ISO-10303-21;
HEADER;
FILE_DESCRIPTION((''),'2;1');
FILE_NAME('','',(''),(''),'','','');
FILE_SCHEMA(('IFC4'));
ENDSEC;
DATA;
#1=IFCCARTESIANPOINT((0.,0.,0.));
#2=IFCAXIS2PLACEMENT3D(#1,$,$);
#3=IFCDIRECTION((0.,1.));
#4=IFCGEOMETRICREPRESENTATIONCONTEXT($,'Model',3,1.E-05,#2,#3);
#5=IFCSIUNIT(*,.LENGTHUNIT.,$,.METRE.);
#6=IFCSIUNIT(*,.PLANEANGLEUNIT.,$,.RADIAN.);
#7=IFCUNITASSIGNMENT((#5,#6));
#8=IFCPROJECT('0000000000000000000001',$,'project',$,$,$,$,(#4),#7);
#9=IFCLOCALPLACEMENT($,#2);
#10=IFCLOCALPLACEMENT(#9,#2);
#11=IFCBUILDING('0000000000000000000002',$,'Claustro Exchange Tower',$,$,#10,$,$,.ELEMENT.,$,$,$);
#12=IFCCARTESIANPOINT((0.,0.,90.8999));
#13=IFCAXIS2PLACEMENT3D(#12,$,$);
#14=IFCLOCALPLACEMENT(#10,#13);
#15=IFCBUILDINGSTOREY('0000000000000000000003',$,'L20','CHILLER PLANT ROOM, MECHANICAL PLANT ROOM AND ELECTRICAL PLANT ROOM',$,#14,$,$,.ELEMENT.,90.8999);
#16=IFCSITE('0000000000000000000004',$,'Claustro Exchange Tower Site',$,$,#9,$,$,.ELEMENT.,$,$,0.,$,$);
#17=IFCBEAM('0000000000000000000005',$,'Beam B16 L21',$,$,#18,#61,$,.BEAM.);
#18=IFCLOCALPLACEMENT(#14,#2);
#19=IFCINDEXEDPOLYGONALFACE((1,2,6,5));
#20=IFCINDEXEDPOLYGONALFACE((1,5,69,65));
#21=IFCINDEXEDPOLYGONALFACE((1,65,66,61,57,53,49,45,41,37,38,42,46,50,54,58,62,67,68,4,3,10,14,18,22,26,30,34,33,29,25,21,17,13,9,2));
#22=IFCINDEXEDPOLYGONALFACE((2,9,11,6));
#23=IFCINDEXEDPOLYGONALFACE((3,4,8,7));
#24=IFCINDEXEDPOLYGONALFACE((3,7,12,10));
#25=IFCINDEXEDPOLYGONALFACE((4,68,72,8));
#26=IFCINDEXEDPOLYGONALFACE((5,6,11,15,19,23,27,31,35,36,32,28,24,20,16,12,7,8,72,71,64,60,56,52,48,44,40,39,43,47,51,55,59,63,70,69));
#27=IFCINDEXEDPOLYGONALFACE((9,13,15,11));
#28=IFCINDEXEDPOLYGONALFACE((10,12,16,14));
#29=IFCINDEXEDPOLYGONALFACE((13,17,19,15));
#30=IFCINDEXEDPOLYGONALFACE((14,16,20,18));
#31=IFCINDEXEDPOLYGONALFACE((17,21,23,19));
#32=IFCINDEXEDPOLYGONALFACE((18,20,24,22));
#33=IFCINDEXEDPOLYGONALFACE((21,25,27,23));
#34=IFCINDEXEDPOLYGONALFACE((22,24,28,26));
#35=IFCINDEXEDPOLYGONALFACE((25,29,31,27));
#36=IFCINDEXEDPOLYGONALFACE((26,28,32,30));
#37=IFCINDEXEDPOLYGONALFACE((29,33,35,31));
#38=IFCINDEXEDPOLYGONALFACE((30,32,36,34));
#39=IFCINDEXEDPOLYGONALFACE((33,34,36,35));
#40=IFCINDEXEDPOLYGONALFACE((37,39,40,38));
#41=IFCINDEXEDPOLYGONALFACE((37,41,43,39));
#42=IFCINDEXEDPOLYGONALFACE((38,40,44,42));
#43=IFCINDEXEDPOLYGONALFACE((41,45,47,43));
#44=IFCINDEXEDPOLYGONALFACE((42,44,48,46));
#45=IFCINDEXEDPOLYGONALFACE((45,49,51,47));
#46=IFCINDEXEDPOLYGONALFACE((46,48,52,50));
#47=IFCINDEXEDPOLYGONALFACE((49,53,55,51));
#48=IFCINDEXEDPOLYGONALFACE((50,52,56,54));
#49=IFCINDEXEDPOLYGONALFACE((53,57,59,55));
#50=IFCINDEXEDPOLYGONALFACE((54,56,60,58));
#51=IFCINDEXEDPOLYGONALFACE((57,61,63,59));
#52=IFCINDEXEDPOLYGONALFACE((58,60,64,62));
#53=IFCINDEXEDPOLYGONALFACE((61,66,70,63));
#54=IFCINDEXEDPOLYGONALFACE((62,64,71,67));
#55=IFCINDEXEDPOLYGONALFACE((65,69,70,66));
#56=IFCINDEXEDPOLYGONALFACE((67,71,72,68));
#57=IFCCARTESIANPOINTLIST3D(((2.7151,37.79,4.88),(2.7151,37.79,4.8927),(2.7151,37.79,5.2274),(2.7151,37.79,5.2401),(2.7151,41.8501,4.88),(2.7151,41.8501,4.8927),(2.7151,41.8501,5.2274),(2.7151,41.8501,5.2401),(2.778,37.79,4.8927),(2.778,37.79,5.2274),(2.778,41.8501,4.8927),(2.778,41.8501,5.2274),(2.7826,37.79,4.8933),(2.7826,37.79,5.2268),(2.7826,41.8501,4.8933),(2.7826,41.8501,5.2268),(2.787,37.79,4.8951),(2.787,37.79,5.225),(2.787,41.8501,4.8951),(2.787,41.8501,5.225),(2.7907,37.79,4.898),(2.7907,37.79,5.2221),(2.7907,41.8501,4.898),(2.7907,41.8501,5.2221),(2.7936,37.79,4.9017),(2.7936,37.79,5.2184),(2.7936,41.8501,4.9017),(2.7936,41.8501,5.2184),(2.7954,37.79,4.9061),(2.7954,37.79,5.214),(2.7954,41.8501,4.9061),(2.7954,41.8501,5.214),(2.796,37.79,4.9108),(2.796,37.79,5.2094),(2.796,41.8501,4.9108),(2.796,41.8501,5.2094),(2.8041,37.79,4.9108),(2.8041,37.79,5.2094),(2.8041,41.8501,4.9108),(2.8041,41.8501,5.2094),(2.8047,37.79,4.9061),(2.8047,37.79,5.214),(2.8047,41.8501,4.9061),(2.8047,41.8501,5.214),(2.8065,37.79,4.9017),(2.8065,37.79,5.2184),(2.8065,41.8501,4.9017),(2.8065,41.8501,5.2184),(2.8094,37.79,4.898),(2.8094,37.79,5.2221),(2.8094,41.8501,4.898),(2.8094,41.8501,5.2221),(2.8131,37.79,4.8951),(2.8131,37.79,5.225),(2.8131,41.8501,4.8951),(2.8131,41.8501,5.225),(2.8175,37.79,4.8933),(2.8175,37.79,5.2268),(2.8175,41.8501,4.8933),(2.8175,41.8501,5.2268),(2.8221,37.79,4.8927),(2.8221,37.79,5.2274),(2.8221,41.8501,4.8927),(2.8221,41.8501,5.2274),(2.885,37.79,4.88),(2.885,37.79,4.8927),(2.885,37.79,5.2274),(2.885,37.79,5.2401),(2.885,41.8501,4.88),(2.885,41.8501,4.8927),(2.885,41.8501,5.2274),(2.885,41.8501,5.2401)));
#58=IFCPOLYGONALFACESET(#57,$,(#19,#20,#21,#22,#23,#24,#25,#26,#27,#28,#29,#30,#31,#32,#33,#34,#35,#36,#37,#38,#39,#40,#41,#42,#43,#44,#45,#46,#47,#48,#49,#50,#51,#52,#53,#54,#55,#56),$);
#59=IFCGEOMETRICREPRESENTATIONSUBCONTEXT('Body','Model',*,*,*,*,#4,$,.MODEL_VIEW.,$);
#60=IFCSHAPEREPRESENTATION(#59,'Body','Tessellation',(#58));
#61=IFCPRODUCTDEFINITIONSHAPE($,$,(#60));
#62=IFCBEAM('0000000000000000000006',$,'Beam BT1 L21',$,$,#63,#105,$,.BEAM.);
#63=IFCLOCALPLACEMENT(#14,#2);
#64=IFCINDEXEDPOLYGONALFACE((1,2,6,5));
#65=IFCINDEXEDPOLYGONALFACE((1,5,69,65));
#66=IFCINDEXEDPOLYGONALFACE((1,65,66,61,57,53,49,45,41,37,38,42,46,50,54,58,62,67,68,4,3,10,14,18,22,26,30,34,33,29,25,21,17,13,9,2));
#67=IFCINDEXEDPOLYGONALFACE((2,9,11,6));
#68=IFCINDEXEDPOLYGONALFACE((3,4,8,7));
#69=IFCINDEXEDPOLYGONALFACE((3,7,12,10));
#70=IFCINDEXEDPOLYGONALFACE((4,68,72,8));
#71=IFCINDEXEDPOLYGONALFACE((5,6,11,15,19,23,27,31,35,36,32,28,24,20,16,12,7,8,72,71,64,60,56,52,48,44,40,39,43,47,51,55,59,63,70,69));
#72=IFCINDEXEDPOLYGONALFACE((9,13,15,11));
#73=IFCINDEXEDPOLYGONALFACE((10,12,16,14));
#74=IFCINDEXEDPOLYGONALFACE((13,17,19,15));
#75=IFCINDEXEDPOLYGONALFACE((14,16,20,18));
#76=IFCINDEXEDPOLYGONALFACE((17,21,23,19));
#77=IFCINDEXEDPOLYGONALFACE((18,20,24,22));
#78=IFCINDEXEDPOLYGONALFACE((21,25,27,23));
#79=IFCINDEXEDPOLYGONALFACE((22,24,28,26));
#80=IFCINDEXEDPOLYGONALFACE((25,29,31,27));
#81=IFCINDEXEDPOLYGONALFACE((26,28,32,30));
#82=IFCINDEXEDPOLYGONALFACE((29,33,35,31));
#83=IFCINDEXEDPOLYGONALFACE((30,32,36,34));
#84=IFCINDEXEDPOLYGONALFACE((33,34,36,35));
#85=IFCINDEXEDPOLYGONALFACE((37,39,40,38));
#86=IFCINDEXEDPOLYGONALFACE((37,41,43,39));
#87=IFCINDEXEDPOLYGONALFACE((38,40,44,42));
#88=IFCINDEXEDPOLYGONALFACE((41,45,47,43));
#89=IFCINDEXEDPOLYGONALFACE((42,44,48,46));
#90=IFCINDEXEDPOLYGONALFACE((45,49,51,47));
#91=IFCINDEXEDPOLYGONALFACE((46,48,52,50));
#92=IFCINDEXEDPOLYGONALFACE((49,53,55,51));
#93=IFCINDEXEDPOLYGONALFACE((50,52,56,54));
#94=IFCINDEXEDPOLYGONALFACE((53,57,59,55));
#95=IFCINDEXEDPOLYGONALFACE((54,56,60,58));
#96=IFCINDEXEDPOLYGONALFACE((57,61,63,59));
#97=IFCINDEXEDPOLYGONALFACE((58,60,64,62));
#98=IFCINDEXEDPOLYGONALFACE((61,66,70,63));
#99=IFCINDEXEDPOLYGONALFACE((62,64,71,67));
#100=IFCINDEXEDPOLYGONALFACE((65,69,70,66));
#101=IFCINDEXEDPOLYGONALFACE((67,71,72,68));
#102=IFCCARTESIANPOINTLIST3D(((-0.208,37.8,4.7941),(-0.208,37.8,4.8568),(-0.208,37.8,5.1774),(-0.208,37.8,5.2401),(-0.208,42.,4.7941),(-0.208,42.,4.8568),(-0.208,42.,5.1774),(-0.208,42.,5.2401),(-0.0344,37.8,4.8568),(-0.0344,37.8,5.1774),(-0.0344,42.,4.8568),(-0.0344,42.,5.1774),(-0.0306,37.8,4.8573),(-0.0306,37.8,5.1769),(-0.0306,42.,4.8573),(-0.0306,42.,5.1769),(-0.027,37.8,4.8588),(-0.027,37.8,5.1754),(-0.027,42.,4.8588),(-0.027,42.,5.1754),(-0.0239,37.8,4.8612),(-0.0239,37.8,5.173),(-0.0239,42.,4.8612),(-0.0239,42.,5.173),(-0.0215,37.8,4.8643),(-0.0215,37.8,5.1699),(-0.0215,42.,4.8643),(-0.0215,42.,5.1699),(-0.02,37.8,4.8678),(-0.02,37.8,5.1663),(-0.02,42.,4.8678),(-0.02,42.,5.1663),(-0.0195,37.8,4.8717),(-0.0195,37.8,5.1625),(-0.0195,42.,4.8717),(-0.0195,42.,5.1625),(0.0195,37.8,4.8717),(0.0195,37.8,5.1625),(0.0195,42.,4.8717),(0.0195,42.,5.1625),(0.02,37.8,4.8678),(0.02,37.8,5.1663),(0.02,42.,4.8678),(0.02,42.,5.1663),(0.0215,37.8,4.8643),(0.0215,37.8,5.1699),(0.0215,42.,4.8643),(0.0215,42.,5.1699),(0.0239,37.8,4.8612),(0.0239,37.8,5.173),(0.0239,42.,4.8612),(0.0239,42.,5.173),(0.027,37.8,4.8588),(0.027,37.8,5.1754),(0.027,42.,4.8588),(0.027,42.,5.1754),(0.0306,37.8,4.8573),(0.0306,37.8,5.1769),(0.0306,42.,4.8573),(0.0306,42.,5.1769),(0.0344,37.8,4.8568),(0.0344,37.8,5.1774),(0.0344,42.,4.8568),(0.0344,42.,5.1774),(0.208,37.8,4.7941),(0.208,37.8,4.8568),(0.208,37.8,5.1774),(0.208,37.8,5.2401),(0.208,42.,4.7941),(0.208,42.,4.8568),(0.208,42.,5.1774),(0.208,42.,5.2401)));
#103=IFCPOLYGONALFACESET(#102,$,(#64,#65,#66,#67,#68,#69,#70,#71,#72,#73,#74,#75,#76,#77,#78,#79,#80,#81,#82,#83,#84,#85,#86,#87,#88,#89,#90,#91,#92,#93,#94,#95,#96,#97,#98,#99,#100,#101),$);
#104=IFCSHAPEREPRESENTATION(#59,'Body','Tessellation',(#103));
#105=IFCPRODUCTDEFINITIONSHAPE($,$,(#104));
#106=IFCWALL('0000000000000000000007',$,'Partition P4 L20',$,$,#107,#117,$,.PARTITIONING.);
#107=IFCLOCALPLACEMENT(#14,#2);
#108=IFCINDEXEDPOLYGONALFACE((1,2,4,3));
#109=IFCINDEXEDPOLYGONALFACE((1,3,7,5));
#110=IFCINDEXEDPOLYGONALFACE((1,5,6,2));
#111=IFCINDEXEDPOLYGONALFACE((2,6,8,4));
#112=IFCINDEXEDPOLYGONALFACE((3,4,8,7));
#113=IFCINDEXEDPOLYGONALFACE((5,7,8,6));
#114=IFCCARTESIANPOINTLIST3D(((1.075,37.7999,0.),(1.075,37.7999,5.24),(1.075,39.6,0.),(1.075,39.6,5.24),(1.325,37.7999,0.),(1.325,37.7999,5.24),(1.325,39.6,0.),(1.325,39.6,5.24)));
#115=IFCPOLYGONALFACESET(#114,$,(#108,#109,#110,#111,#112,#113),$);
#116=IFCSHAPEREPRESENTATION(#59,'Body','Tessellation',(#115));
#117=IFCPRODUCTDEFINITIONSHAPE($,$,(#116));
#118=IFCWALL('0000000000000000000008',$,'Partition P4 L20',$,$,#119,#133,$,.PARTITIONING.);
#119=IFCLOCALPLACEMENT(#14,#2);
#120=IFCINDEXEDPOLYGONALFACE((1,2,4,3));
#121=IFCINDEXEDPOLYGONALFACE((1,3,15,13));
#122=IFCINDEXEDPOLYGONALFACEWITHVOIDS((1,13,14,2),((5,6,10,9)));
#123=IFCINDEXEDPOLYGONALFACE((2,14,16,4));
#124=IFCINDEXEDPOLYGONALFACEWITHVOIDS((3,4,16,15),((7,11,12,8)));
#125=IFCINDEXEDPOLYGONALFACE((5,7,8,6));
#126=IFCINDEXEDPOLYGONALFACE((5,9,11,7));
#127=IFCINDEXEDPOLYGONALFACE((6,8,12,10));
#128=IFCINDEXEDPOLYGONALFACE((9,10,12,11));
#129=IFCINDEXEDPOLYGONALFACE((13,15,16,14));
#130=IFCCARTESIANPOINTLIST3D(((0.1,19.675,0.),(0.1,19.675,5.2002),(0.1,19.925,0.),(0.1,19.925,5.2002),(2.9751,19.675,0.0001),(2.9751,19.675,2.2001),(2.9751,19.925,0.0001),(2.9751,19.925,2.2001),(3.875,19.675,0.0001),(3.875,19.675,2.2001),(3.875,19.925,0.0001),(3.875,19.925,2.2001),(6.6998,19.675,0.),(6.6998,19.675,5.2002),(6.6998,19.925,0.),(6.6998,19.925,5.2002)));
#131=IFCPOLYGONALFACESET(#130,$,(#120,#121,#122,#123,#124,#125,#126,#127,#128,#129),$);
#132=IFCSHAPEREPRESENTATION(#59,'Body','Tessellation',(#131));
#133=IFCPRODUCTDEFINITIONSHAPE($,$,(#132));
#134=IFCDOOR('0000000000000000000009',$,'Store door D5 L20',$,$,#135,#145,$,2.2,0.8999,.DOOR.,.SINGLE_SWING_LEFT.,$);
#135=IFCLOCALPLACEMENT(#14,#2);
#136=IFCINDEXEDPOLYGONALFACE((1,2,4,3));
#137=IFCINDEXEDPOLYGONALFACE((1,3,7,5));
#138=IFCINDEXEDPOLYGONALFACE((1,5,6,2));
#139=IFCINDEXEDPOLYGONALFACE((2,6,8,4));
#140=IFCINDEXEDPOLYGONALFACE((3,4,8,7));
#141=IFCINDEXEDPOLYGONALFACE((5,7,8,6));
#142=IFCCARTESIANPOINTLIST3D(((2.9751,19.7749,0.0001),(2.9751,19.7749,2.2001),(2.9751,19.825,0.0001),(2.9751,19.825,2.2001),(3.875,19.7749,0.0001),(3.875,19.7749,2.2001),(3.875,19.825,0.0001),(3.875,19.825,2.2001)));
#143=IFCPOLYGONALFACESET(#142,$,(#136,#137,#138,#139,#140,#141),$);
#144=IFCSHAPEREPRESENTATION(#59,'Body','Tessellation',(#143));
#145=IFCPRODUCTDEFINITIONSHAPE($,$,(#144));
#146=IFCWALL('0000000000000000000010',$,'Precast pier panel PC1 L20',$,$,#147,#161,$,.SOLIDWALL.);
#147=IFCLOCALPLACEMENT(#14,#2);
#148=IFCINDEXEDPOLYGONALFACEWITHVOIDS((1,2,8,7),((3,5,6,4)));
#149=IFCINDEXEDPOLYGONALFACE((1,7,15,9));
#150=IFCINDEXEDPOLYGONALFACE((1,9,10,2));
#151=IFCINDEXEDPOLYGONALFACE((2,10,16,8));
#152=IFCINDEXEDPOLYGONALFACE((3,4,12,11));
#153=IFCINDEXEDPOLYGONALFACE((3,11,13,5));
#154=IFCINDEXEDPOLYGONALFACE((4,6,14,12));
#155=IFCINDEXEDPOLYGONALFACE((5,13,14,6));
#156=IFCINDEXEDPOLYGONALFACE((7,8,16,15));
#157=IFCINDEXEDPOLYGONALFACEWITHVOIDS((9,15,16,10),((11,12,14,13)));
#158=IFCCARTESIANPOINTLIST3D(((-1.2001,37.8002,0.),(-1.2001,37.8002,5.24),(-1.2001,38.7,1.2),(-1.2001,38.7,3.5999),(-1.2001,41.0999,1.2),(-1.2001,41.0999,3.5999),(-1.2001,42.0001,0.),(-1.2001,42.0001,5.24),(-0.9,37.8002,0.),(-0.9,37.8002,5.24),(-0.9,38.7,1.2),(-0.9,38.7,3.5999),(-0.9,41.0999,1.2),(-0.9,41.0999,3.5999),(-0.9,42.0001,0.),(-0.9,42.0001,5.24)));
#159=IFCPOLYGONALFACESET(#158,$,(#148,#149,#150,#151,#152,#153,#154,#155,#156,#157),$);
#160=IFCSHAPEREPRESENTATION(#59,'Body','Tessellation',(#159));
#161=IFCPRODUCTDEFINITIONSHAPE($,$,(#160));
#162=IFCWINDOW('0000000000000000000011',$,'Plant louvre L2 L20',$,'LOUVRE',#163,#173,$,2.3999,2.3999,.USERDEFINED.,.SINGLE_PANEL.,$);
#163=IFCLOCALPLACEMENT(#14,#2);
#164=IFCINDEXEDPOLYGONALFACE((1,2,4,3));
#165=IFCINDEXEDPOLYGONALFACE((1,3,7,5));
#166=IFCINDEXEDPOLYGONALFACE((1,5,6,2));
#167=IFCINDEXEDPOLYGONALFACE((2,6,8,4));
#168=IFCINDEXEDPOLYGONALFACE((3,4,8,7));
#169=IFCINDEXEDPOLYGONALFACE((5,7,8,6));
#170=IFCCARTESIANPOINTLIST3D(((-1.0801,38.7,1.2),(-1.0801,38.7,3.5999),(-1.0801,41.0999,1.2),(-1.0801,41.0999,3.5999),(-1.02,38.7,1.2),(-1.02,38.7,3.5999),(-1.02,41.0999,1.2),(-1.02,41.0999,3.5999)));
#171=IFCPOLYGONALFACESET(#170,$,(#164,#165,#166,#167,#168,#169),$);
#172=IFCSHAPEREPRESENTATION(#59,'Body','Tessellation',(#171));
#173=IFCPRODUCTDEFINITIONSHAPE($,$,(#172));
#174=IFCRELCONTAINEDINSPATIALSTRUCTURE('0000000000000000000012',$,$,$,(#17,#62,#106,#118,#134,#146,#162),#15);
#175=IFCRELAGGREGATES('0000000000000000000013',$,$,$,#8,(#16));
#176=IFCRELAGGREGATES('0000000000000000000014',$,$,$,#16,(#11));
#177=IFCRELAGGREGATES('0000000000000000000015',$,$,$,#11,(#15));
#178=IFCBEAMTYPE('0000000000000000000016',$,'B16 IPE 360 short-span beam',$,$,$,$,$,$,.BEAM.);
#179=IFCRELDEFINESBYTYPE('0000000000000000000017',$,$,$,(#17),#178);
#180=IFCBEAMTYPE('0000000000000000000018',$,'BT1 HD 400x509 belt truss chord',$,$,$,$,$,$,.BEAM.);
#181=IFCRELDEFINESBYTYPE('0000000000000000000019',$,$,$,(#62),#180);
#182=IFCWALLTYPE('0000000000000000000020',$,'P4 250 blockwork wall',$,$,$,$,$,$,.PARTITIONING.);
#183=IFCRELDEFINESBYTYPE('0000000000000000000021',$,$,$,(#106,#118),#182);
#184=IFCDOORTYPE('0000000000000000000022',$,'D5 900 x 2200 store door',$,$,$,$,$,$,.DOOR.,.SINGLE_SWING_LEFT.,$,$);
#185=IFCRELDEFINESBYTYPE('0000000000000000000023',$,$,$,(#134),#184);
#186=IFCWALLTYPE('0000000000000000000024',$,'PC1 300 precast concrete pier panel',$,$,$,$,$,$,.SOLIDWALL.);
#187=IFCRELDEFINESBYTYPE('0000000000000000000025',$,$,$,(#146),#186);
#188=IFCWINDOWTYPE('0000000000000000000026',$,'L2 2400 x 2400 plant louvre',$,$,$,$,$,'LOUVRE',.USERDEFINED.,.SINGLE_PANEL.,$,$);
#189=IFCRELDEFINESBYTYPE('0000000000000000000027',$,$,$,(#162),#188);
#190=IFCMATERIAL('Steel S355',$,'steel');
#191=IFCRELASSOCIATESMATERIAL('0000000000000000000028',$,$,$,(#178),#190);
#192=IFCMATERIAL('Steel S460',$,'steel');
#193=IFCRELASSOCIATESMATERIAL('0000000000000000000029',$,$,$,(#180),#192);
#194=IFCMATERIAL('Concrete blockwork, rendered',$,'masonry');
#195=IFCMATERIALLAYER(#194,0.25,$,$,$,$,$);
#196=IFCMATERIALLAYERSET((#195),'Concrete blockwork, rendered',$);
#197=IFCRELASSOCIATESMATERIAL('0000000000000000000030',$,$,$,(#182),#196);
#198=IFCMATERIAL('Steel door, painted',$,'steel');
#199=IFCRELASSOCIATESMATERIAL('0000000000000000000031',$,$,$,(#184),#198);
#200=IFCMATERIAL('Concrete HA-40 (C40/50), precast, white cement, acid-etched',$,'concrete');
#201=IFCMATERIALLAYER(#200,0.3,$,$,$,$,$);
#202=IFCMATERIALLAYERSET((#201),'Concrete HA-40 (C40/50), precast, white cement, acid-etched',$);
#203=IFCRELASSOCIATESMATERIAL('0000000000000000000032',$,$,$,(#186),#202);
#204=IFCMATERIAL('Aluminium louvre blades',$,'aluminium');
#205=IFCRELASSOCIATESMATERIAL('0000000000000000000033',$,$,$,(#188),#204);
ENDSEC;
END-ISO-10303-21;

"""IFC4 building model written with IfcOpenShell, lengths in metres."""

from ifc_helpers import new_model, si_unit, direction, frame, frame_2d, origin, origin_2d, place, context, subcontext, project, spatial, rectangle, i_section, extrude, material, layer, layer_set, material_profile, profile_set, type_object, element, fill, save


model = new_model("IFC4")

# Units and contexts
model_context = context("Model", 3, precision=1e-05, world=origin(), true_north=direction((0.0, 1.0)))
body_context = subcontext(model_context, "Body", "Model", "MODEL_VIEW")
ifc_project = project(units=[si_unit("LENGTHUNIT", "METRE"), si_unit("PLANEANGLEUNIT", "RADIAN")], contexts=[model_context])

# Site, building, storey
site_placement = place(None, origin())
site = spatial("IfcSite", under=ifc_project, at=site_placement, Name="Claustro Exchange Tower Site", CompositionType="ELEMENT", RefElevation=0.0)
building_placement = place(site_placement, origin())
building = spatial("IfcBuilding", under=site, at=building_placement, Name="Claustro Exchange Tower", CompositionType="ELEMENT")
storey_placement = place(building_placement, frame((0.0, 0.0, 90.8999)))
storey = spatial("IfcBuildingStorey", under=building, at=storey_placement, Name="L20", Description="CHILLER PLANT ROOM, MECHANICAL PLANT ROOM AND ELECTRICAL PLANT ROOM", CompositionType="ELEMENT", Elevation=90.8999)

# Beams
ifc_material_1 = material(Name="Steel S355", Category="steel")
ifc_material_profile_1 = material_profile(ifc_material_1, i_section(OverallWidth=0.1699, OverallDepth=0.3601, WebThickness=0.0081, FlangeThickness=0.0127, FilletRadius=0.0181, at=origin_2d()), Name="IPE 360")
ifc_profile_set_1 = profile_set([ifc_material_profile_1], Name="Steel S355")
beam_type_1 = type_object("IfcBeamType", Name="B16 IPE 360 short-span beam", PredefinedType="BEAM", material=ifc_profile_set_1)
beam_1_placement = place(storey_placement, frame((2.8, 37.79, 5.0601), z_axis=(0.0, 1.0, 0.0), x_axis=(-1.0, 0.0, 0.0)))
element("IfcBeam", 1, at=beam_1_placement, inside=storey, type_object=beam_type_1, Name="Beam B16 L21", PredefinedType="BEAM", context=body_context, shape_type="SweptSolid", body=[
    extrude(i_section(OverallWidth=0.1699, OverallDepth=0.3601, WebThickness=0.0081, FlangeThickness=0.0127, FilletRadius=0.0181, at=origin_2d()), origin(), (0.0, 0.0, 1.0), 4.0601),
])
ifc_material_2 = material(Name="Steel S460", Category="steel")
ifc_material_profile_2 = material_profile(ifc_material_2, i_section(OverallWidth=0.416, OverallDepth=0.446, WebThickness=0.0391, FlangeThickness=0.0627, FilletRadius=0.0149, at=origin_2d()), Name="HD 400x509")
ifc_profile_set_2 = profile_set([ifc_material_profile_2], Name="Steel S460")
beam_type_2 = type_object("IfcBeamType", Name="BT1 HD 400x509 belt truss chord", PredefinedType="BEAM", material=ifc_profile_set_2)
beam_2_placement = place(storey_placement, frame((0.0, 37.8, 5.0171), z_axis=(0.0, 1.0, 0.0), x_axis=(-1.0, 0.0, 0.0)))
element("IfcBeam", 2, at=beam_2_placement, inside=storey, type_object=beam_type_2, Name="Beam BT1 L21", PredefinedType="BEAM", context=body_context, shape_type="SweptSolid", body=[
    extrude(i_section(OverallWidth=0.416, OverallDepth=0.446, WebThickness=0.0391, FlangeThickness=0.0627, FilletRadius=0.0149, at=origin_2d()), origin(), (0.0, 0.0, 1.0), 4.2),
])

# Wall
ifc_material_3 = material(Name="Concrete blockwork, rendered", Category="masonry")
ifc_layer_1 = layer(ifc_material_3, 0.25)
ifc_layer_set_1 = layer_set([ifc_layer_1], Name="Concrete blockwork, rendered")
wall_type_1 = type_object("IfcWallType", Name="P4 250 blockwork wall", PredefinedType="PARTITIONING", material=ifc_layer_set_1)
wall_1_placement = place(storey_placement, frame((1.2, 37.8, 0.0), z_axis=(0.0, 0.0, 1.0), x_axis=(0.0, 1.0, 0.0)))
element("IfcWall", 3, at=wall_1_placement, inside=storey, type_object=wall_type_1, Name="Partition P4 L20", PredefinedType="PARTITIONING", context=body_context, shape_type="SweptSolid", body=[
    extrude(rectangle(XDim=1.8, YDim=0.25, at=frame_2d((0.8999, 0.0))), origin(), (0.0, 0.0, 1.0), 5.24),
])

# Wall, opening, door
wall_2_placement = place(storey_placement, frame((0.1001, 19.8, 0.0), z_axis=(0.0, 0.0, 1.0), x_axis=(1.0, 0.0, 0.0)))
wall_2 = element("IfcWall", 4, at=wall_2_placement, inside=storey, type_object=wall_type_1, Name="Partition P4 L20", PredefinedType="PARTITIONING", context=body_context, shape_type="SweptSolid", body=[
    extrude(rectangle(XDim=6.5999, YDim=0.25, at=frame_2d((3.2998, 0.0))), origin(), (0.0, 0.0, 1.0), 5.2002),
])
opening_1_placement = place(wall_2_placement, frame((2.875, 0.0, 0.0)))
opening_1 = element("IfcOpeningElement", 5, at=opening_1_placement, cuts=wall_2, PredefinedType="OPENING", context=body_context, shape_type="SweptSolid", body=[
    extrude(rectangle(XDim=0.8999, YDim=2.2, at=frame_2d((0.45, 1.1001))), frame((0.0, 0.135, 0.0), z_axis=(0.0, -1.0, 0.0), x_axis=(1.0, 0.0, 0.0)), (0.0, 0.0, 1.0), 0.27),
])
ifc_material_4 = material(Name="Steel door, painted", Category="steel")
door_type_1 = type_object("IfcDoorType", Name="D5 900 x 2200 store door", OperationType="SINGLE_SWING_LEFT", PredefinedType="DOOR", material=ifc_material_4)
door_1_placement = place(opening_1_placement, origin())
door_1 = element("IfcDoor", 6, at=door_1_placement, inside=storey, type_object=door_type_1, Name="Store door D5 L20", OperationType="SINGLE_SWING_LEFT", OverallHeight=2.2, OverallWidth=0.8999, PredefinedType="DOOR", context=body_context, shape_type="SweptSolid", body=[
    extrude(rectangle(XDim=0.8999, YDim=2.2, at=frame_2d((0.45, 1.1001))), frame((0.0, 0.0249, 0.0), z_axis=(0.0, -1.0, 0.0), x_axis=(1.0, 0.0, 0.0)), (0.0, 0.0, 1.0), 0.05),
])
fill(opening_1, door_1)

# Wall, opening, window
ifc_material_5 = material(Name="Concrete HA-40 (C40/50), precast, white cement, acid-etched", Category="concrete")
ifc_layer_2 = layer(ifc_material_5, 0.3)
ifc_layer_set_2 = layer_set([ifc_layer_2], Name="Concrete HA-40 (C40/50), precast, white cement, acid-etched")
wall_type_2 = type_object("IfcWallType", Name="PC1 300 precast concrete pier panel", PredefinedType="SOLIDWALL", material=ifc_layer_set_2)
wall_3_placement = place(storey_placement, frame((-1.05, 37.8, 0.0), z_axis=(0.0, 0.0, 1.0), x_axis=(0.0, 1.0, 0.0)))
wall_3 = element("IfcWall", 7, at=wall_3_placement, inside=storey, type_object=wall_type_2, Name="Precast pier panel PC1 L20", PredefinedType="SOLIDWALL", context=body_context, shape_type="SweptSolid", body=[
    extrude(rectangle(XDim=4.2, YDim=0.3, at=frame_2d((2.1001, 0.0))), origin(), (0.0, 0.0, 1.0), 5.24),
])
opening_2_placement = place(wall_3_placement, frame((0.8999, 0.0, 1.2)))
opening_2 = element("IfcOpeningElement", 8, at=opening_2_placement, cuts=wall_3, PredefinedType="OPENING", context=body_context, shape_type="SweptSolid", body=[
    extrude(rectangle(XDim=2.3999, YDim=2.3999, at=frame_2d((1.2, 1.2))), frame((0.0, 0.1599, 0.0), z_axis=(0.0, -1.0, 0.0), x_axis=(1.0, 0.0, 0.0)), (0.0, 0.0, 1.0), 0.3201),
])
ifc_material_6 = material(Name="Aluminium louvre blades", Category="aluminium")
window_type = type_object("IfcWindowType", Name="L2 2400 x 2400 plant louvre", ElementType="LOUVRE", PartitioningType="SINGLE_PANEL", PredefinedType="USERDEFINED", material=ifc_material_6)
window_placement = place(opening_2_placement, origin())
window = element("IfcWindow", 9, at=window_placement, inside=storey, type_object=window_type, Name="Plant louvre L2 L20", ObjectType="LOUVRE", OverallHeight=2.3999, OverallWidth=2.3999, PartitioningType="SINGLE_PANEL", PredefinedType="USERDEFINED", context=body_context, shape_type="SweptSolid", body=[
    extrude(rectangle(XDim=2.3999, YDim=2.3999, at=frame_2d((1.2, 1.2))), frame((0.0, 0.03, 0.0), z_axis=(0.0, -1.0, 0.0), x_axis=(1.0, 0.0, 0.0)), (0.0, 0.0, 1.0), 0.0601),
])
fill(opening_2, window)

save(model, "model.ifc")
